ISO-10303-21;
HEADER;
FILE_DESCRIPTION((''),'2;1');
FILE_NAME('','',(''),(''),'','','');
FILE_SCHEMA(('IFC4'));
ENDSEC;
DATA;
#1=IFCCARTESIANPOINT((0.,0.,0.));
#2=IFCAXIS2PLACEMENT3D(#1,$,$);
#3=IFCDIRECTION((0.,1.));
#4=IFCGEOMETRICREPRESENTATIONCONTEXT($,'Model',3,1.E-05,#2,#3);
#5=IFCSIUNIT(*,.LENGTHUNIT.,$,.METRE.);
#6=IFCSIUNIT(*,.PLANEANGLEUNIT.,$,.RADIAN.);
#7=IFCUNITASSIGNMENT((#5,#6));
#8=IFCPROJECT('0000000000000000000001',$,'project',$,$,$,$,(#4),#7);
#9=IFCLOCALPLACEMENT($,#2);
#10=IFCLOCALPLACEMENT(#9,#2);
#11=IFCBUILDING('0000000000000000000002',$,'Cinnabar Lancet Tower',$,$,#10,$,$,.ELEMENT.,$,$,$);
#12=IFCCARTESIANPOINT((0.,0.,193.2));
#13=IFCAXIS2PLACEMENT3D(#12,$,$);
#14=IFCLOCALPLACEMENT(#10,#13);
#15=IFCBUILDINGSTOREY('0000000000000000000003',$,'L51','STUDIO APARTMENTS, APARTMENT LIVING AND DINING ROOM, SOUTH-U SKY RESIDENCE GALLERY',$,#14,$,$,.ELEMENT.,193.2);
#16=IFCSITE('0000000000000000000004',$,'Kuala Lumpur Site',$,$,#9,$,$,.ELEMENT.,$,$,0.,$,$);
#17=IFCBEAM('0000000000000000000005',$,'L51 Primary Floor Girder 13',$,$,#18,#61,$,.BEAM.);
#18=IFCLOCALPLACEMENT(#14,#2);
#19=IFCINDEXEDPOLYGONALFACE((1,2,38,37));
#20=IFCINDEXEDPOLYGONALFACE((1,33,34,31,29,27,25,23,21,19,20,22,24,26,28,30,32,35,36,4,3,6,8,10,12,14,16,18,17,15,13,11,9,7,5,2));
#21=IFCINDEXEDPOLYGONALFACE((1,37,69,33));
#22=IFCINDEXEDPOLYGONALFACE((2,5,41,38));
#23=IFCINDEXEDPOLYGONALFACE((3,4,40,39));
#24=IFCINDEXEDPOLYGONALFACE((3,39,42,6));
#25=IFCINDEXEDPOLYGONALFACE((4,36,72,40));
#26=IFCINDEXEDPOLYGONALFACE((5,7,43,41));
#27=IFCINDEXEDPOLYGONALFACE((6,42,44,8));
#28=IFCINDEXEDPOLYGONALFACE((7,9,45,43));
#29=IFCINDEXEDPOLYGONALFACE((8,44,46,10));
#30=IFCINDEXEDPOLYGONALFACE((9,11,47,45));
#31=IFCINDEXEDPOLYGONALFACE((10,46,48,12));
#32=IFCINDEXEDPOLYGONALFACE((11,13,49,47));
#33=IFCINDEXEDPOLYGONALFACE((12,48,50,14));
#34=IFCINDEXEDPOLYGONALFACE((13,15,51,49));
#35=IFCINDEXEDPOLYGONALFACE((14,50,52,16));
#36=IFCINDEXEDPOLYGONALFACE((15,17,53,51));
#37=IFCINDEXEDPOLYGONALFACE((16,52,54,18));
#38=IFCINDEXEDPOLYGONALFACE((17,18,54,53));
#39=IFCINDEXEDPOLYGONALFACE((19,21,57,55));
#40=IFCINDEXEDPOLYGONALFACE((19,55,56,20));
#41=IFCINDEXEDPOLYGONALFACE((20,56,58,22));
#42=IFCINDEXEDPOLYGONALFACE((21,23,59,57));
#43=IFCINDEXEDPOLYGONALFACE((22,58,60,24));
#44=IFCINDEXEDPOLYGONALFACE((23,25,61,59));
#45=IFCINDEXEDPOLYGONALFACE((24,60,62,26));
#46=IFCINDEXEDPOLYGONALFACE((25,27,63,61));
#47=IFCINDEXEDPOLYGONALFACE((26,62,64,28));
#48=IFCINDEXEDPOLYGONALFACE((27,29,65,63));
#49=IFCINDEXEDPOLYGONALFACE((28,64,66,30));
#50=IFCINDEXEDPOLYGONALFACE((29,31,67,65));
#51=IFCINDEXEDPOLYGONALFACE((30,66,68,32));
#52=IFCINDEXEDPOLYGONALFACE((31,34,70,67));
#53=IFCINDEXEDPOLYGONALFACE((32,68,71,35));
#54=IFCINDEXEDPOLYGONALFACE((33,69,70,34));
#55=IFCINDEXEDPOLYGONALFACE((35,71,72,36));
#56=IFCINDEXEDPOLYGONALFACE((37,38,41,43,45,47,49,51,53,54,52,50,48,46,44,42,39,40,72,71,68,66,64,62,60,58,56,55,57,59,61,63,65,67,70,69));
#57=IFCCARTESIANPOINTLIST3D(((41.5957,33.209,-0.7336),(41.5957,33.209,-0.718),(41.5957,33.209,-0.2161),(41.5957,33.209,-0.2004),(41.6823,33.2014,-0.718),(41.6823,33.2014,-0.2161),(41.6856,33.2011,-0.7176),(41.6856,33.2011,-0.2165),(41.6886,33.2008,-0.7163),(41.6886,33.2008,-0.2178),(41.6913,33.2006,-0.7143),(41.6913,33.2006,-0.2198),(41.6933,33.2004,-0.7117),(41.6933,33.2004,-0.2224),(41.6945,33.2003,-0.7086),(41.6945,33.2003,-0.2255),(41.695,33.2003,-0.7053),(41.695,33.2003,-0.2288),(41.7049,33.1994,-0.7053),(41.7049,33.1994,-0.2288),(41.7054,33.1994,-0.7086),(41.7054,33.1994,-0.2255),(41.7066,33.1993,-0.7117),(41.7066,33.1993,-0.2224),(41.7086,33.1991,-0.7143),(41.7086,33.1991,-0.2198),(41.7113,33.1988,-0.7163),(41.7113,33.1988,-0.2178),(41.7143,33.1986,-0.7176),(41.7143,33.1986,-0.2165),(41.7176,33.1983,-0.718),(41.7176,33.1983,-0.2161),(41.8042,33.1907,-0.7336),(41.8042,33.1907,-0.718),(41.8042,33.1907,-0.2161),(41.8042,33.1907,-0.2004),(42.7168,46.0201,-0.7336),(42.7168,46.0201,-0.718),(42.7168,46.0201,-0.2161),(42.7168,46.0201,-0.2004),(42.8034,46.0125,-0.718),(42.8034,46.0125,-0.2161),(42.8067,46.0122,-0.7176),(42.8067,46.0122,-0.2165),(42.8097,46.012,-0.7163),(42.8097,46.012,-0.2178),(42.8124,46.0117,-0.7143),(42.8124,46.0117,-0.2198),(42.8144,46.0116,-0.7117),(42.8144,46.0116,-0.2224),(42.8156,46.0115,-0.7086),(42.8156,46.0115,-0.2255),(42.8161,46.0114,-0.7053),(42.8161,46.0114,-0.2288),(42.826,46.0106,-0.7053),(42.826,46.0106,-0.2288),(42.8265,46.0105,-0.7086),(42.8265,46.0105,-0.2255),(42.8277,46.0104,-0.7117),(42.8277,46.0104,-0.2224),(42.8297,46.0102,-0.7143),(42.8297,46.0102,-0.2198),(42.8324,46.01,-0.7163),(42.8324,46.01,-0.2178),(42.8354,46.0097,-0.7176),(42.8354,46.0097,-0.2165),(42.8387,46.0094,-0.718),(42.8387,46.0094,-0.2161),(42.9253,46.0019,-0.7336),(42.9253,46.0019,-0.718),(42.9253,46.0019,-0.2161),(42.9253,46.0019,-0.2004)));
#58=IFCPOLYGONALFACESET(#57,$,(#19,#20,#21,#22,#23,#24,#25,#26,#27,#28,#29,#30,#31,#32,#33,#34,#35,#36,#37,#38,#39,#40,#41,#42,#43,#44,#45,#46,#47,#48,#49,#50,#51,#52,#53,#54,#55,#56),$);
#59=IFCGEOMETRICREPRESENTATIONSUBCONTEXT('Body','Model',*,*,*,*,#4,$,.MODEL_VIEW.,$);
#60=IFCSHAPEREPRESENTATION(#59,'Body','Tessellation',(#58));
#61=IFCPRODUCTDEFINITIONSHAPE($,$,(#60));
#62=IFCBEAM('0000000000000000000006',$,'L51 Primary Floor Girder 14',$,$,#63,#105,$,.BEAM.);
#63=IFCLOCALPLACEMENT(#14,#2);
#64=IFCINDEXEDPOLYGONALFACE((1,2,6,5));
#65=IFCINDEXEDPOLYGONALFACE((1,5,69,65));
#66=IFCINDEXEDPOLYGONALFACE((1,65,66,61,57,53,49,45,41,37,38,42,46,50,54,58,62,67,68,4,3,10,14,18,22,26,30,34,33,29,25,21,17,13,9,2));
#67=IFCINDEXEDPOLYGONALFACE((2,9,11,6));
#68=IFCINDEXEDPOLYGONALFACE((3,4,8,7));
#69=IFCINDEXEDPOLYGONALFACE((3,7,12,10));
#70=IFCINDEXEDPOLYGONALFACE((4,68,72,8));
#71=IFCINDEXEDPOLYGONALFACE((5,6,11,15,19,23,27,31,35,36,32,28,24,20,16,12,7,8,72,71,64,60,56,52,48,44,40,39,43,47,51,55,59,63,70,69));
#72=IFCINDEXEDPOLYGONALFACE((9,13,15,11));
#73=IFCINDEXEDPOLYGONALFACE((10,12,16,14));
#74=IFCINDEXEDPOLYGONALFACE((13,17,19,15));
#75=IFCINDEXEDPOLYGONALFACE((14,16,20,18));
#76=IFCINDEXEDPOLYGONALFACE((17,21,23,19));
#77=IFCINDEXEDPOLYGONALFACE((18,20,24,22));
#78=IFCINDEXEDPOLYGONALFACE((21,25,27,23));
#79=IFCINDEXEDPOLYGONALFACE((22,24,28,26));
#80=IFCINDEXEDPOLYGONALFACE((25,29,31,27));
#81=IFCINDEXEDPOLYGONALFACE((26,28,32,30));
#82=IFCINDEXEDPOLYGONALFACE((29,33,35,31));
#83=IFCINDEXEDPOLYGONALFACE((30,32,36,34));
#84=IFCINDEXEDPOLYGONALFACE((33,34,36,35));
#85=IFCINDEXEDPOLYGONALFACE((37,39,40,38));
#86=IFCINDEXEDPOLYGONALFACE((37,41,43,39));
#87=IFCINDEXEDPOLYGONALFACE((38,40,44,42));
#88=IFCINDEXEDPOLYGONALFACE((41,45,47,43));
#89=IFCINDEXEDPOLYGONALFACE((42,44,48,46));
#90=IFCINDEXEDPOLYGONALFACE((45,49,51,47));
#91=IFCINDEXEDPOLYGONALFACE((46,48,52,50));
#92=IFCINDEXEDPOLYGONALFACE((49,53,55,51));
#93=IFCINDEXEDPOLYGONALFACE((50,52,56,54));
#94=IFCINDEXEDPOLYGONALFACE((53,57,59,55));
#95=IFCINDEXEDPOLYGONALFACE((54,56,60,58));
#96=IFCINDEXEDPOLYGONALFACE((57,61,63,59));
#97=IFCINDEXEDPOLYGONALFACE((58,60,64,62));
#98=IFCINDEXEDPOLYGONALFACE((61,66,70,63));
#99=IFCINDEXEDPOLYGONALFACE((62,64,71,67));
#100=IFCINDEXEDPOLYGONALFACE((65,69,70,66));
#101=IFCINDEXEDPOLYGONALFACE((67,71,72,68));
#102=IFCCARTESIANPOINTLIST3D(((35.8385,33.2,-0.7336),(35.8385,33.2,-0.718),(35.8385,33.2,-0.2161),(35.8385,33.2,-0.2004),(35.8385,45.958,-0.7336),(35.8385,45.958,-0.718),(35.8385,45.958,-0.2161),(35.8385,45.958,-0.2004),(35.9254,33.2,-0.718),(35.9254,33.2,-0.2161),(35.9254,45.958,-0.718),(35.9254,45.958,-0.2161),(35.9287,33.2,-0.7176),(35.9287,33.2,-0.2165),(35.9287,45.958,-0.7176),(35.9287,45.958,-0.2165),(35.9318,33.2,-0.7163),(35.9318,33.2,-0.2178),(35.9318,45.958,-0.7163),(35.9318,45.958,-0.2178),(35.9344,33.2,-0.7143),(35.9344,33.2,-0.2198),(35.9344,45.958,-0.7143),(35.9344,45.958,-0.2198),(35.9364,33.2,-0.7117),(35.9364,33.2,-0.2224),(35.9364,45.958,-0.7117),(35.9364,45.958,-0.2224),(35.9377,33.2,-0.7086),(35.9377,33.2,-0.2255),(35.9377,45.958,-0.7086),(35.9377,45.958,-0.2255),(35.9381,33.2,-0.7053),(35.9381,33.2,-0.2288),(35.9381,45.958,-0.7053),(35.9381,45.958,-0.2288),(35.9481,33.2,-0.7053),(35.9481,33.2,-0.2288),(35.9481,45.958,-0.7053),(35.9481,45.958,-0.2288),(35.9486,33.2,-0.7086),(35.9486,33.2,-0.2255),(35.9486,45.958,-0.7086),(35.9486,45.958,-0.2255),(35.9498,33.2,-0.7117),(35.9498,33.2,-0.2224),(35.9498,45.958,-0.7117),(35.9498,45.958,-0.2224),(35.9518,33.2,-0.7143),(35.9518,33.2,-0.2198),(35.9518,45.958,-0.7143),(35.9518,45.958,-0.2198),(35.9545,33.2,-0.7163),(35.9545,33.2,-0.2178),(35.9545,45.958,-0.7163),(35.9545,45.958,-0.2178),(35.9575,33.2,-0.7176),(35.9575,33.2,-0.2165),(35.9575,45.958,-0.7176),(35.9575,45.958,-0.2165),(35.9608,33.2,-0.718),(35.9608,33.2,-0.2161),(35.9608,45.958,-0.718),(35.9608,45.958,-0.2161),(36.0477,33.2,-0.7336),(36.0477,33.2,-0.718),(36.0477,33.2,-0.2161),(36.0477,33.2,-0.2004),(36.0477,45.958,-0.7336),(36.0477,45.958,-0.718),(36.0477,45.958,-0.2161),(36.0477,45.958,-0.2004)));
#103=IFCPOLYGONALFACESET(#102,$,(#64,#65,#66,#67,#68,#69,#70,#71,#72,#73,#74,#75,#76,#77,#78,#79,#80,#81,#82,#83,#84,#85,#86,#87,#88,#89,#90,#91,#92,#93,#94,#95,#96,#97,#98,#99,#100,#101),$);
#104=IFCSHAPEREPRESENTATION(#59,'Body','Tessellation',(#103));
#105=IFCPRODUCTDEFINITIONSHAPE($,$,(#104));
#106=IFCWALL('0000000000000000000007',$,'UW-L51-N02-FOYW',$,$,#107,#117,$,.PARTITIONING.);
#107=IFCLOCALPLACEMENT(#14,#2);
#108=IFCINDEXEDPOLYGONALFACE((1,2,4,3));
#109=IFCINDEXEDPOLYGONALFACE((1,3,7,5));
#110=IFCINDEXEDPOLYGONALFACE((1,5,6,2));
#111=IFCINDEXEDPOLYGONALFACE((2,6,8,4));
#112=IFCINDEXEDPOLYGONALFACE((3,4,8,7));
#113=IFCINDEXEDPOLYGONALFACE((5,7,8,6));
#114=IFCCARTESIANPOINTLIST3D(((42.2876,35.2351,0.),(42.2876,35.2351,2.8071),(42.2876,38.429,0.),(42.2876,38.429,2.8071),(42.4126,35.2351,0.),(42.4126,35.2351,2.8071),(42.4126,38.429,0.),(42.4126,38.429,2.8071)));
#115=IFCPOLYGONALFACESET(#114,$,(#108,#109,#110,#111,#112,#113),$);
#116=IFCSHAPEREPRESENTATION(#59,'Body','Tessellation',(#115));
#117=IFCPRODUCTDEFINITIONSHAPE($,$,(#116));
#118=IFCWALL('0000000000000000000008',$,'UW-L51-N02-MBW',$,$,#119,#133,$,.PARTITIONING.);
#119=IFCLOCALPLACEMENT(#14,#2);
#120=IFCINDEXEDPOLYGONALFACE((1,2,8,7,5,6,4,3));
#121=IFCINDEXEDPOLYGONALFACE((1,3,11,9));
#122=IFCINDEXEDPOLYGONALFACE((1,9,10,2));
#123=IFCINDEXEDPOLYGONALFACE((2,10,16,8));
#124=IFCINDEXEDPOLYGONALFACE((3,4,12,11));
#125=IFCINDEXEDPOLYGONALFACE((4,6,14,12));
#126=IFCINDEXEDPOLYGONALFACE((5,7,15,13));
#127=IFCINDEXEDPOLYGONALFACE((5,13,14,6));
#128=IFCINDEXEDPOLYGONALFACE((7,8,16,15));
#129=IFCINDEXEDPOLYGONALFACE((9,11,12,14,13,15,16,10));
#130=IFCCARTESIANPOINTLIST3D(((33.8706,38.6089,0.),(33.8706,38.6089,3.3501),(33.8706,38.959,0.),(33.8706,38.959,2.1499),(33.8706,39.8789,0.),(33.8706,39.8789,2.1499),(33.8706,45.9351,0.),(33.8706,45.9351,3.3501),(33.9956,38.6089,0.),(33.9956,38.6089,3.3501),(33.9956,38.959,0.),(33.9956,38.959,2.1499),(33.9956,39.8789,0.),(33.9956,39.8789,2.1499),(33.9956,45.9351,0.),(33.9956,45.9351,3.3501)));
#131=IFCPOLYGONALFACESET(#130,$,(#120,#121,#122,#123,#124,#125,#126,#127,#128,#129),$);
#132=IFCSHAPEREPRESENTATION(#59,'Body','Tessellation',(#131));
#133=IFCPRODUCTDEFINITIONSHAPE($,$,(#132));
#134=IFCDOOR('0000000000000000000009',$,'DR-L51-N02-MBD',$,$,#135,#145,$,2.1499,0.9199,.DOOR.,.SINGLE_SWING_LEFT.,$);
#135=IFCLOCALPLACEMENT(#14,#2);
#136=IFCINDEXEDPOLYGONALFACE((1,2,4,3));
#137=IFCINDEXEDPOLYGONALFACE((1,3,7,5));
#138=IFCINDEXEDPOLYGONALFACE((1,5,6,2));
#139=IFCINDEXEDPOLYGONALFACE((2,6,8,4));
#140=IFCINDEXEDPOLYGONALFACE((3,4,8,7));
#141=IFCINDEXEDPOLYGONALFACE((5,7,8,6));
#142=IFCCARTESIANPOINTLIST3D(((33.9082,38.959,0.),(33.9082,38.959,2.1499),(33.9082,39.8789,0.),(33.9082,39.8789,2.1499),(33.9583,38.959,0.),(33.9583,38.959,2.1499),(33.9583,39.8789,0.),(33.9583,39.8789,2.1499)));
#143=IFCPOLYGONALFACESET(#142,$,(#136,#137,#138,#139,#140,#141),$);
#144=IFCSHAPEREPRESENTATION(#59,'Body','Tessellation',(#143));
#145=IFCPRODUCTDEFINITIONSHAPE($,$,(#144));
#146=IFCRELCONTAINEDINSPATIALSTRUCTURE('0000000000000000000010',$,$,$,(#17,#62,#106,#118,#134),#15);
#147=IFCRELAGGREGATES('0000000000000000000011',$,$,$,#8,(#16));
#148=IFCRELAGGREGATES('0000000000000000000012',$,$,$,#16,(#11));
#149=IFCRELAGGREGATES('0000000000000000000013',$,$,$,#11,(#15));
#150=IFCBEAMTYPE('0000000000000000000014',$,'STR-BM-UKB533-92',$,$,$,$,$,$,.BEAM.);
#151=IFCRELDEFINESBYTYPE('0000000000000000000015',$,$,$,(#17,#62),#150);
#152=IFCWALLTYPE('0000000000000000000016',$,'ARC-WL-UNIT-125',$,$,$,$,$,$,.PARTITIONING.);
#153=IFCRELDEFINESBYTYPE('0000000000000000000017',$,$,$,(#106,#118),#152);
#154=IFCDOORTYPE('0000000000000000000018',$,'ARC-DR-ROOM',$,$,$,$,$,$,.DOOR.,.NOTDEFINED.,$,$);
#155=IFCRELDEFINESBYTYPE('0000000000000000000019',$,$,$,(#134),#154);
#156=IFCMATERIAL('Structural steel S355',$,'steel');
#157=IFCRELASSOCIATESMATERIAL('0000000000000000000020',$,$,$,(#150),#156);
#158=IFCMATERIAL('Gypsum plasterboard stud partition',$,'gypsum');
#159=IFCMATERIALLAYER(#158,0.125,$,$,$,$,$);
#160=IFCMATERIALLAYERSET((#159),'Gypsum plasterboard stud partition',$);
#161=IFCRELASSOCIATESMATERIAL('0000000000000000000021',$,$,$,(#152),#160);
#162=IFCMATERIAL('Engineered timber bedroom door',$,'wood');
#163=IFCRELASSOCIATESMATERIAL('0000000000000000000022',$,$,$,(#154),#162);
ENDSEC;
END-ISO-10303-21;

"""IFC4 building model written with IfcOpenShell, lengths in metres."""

from ifc_helpers import new_model, si_unit, direction, frame, frame_2d, origin, origin_2d, place, context, subcontext, project, spatial, rectangle, i_section, extrude, material, layer, layer_set, material_profile, profile_set, type_object, element, fill, save


model = new_model("IFC4")

# Units and contexts
model_context = context("Model", 3, precision=1e-05, world=origin(), true_north=direction((0.0, 1.0)))
body_context = subcontext(model_context, "Body", "Model", "MODEL_VIEW")
ifc_project = project(units=[si_unit("LENGTHUNIT", "METRE"), si_unit("PLANEANGLEUNIT", "RADIAN")], contexts=[model_context])

# Site, building, storey
site_placement = place(None, origin())
site = spatial("IfcSite", under=ifc_project, at=site_placement, Name="Kuala Lumpur Site", CompositionType="ELEMENT", RefElevation=0.0)
building_placement = place(site_placement, origin())
building = spatial("IfcBuilding", under=site, at=building_placement, Name="Cinnabar Lancet Tower", CompositionType="ELEMENT")
storey_placement = place(building_placement, frame((0.0, 0.0, 193.2)))
storey = spatial("IfcBuildingStorey", under=building, at=storey_placement, Name="L51", Description="STUDIO APARTMENTS, APARTMENT LIVING AND DINING ROOM, SOUTH-U SKY RESIDENCE GALLERY", CompositionType="ELEMENT", Elevation=193.2)

# Beams
ifc_material_1 = material(Name="Structural steel S355", Category="steel")
ifc_material_profile_1 = material_profile(ifc_material_1, i_section(OverallWidth=0.2092, OverallDepth=0.5332, WebThickness=0.01, FlangeThickness=0.0156, FilletRadius=0.0127, at=origin_2d()), Name="UKB 533x210x92")
ifc_profile_set_1 = profile_set([ifc_material_profile_1], Name="Structural steel S355")
beam_type_1 = type_object("IfcBeamType", Name="STR-BM-UKB533-92", PredefinedType="BEAM", material=ifc_profile_set_1)
beam_1_placement = place(storey_placement, frame((42.821, 46.011, -0.467), z_axis=(-0.087177, -0.996193, 0.0), x_axis=(0.996193, -0.087177, 0.0)))
element("IfcBeam", 1, at=beam_1_placement, inside=storey, type_object=beam_type_1, Name="L51 Primary Floor Girder 13", PredefinedType="BEAM", context=body_context, shape_type="SweptSolid", body=[
    extrude(i_section(OverallWidth=0.2092, OverallDepth=0.5332, WebThickness=0.01, FlangeThickness=0.0156, FilletRadius=0.0127, at=origin_2d()), origin(), (0.0, 0.0, 1.0), 12.8601),
])
beam_2_placement = place(storey_placement, frame((35.9431, 45.958, -0.467), z_axis=(0.0, -1.0, 0.0), x_axis=(1.0, 0.0, 0.0)))
element("IfcBeam", 2, at=beam_2_placement, inside=storey, type_object=beam_type_1, Name="L51 Primary Floor Girder 14", PredefinedType="BEAM", context=body_context, shape_type="SweptSolid", body=[
    extrude(i_section(OverallWidth=0.2092, OverallDepth=0.5332, WebThickness=0.01, FlangeThickness=0.0156, FilletRadius=0.0127, at=origin_2d()), origin(), (0.0, 0.0, 1.0), 12.7581),
])

# Wall
ifc_material_2 = material(Name="Gypsum plasterboard stud partition", Category="gypsum")
ifc_layer_1 = layer(ifc_material_2, 0.125)
ifc_layer_set_1 = layer_set([ifc_layer_1], Name="Gypsum plasterboard stud partition")
wall_type_1 = type_object("IfcWallType", Name="ARC-WL-UNIT-125", PredefinedType="PARTITIONING", material=ifc_layer_set_1)
wall_1_placement = place(storey_placement, frame((42.3501, 35.2351, 0.0), z_axis=(0.0, 0.0, 1.0), x_axis=(0.0, 1.0, 0.0)))
element("IfcWall", 3, at=wall_1_placement, inside=storey, type_object=wall_type_1, Name="UW-L51-N02-FOYW", PredefinedType="PARTITIONING", context=body_context, shape_type="SweptSolid", body=[
    extrude(rectangle(XDim=3.1938, YDim=0.125, at=frame_2d((1.5969, 0.0))), origin(), (0.0, 0.0, 1.0), 2.8071),
])

# Wall, opening, door
wall_2_placement = place(storey_placement, frame((33.9331, 38.6089, 0.0), z_axis=(0.0, 0.0, 1.0), x_axis=(0.0, 1.0, 0.0)))
wall_2 = element("IfcWall", 4, at=wall_2_placement, inside=storey, type_object=wall_type_1, Name="UW-L51-N02-MBW", PredefinedType="PARTITIONING", context=body_context, shape_type="SweptSolid", body=[
    extrude(rectangle(XDim=7.3262, YDim=0.125, at=frame_2d((3.6631, 0.0))), origin(), (0.0, 0.0, 1.0), 3.3501),
])
opening_1_placement = place(wall_2_placement, frame((0.3501, 0.0, 0.0)))
opening_1 = element("IfcOpeningElement", 5, at=opening_1_placement, cuts=wall_2, PredefinedType="OPENING", context=body_context, shape_type="SweptSolid", body=[
    extrude(rectangle(XDim=0.9199, YDim=2.1499, at=frame_2d((0.46, 1.075))), frame((0.0, 0.0725, 0.0), z_axis=(0.0, -1.0, 0.0), x_axis=(1.0, 0.0, 0.0)), (0.0, 0.0, 1.0), 0.145),
])
ifc_material_3 = material(Name="Engineered timber bedroom door", Category="wood")
door_type_1 = type_object("IfcDoorType", Name="ARC-DR-ROOM", OperationType="NOTDEFINED", PredefinedType="DOOR", material=ifc_material_3)
door_1_placement = place(opening_1_placement, origin())
door_1 = element("IfcDoor", 6, at=door_1_placement, inside=storey, type_object=door_type_1, Name="DR-L51-N02-MBD", OperationType="SINGLE_SWING_LEFT", OverallHeight=2.1499, OverallWidth=0.9199, PredefinedType="DOOR", context=body_context, shape_type="SweptSolid", body=[
    extrude(rectangle(XDim=0.9199, YDim=2.1499, at=frame_2d((0.46, 1.075))), frame((0.0, 0.0249, 0.0), z_axis=(0.0, -1.0, 0.0), x_axis=(1.0, 0.0, 0.0)), (0.0, 0.0, 1.0), 0.05),
])
fill(opening_1, door_1)

save(model, "model.ifc")
